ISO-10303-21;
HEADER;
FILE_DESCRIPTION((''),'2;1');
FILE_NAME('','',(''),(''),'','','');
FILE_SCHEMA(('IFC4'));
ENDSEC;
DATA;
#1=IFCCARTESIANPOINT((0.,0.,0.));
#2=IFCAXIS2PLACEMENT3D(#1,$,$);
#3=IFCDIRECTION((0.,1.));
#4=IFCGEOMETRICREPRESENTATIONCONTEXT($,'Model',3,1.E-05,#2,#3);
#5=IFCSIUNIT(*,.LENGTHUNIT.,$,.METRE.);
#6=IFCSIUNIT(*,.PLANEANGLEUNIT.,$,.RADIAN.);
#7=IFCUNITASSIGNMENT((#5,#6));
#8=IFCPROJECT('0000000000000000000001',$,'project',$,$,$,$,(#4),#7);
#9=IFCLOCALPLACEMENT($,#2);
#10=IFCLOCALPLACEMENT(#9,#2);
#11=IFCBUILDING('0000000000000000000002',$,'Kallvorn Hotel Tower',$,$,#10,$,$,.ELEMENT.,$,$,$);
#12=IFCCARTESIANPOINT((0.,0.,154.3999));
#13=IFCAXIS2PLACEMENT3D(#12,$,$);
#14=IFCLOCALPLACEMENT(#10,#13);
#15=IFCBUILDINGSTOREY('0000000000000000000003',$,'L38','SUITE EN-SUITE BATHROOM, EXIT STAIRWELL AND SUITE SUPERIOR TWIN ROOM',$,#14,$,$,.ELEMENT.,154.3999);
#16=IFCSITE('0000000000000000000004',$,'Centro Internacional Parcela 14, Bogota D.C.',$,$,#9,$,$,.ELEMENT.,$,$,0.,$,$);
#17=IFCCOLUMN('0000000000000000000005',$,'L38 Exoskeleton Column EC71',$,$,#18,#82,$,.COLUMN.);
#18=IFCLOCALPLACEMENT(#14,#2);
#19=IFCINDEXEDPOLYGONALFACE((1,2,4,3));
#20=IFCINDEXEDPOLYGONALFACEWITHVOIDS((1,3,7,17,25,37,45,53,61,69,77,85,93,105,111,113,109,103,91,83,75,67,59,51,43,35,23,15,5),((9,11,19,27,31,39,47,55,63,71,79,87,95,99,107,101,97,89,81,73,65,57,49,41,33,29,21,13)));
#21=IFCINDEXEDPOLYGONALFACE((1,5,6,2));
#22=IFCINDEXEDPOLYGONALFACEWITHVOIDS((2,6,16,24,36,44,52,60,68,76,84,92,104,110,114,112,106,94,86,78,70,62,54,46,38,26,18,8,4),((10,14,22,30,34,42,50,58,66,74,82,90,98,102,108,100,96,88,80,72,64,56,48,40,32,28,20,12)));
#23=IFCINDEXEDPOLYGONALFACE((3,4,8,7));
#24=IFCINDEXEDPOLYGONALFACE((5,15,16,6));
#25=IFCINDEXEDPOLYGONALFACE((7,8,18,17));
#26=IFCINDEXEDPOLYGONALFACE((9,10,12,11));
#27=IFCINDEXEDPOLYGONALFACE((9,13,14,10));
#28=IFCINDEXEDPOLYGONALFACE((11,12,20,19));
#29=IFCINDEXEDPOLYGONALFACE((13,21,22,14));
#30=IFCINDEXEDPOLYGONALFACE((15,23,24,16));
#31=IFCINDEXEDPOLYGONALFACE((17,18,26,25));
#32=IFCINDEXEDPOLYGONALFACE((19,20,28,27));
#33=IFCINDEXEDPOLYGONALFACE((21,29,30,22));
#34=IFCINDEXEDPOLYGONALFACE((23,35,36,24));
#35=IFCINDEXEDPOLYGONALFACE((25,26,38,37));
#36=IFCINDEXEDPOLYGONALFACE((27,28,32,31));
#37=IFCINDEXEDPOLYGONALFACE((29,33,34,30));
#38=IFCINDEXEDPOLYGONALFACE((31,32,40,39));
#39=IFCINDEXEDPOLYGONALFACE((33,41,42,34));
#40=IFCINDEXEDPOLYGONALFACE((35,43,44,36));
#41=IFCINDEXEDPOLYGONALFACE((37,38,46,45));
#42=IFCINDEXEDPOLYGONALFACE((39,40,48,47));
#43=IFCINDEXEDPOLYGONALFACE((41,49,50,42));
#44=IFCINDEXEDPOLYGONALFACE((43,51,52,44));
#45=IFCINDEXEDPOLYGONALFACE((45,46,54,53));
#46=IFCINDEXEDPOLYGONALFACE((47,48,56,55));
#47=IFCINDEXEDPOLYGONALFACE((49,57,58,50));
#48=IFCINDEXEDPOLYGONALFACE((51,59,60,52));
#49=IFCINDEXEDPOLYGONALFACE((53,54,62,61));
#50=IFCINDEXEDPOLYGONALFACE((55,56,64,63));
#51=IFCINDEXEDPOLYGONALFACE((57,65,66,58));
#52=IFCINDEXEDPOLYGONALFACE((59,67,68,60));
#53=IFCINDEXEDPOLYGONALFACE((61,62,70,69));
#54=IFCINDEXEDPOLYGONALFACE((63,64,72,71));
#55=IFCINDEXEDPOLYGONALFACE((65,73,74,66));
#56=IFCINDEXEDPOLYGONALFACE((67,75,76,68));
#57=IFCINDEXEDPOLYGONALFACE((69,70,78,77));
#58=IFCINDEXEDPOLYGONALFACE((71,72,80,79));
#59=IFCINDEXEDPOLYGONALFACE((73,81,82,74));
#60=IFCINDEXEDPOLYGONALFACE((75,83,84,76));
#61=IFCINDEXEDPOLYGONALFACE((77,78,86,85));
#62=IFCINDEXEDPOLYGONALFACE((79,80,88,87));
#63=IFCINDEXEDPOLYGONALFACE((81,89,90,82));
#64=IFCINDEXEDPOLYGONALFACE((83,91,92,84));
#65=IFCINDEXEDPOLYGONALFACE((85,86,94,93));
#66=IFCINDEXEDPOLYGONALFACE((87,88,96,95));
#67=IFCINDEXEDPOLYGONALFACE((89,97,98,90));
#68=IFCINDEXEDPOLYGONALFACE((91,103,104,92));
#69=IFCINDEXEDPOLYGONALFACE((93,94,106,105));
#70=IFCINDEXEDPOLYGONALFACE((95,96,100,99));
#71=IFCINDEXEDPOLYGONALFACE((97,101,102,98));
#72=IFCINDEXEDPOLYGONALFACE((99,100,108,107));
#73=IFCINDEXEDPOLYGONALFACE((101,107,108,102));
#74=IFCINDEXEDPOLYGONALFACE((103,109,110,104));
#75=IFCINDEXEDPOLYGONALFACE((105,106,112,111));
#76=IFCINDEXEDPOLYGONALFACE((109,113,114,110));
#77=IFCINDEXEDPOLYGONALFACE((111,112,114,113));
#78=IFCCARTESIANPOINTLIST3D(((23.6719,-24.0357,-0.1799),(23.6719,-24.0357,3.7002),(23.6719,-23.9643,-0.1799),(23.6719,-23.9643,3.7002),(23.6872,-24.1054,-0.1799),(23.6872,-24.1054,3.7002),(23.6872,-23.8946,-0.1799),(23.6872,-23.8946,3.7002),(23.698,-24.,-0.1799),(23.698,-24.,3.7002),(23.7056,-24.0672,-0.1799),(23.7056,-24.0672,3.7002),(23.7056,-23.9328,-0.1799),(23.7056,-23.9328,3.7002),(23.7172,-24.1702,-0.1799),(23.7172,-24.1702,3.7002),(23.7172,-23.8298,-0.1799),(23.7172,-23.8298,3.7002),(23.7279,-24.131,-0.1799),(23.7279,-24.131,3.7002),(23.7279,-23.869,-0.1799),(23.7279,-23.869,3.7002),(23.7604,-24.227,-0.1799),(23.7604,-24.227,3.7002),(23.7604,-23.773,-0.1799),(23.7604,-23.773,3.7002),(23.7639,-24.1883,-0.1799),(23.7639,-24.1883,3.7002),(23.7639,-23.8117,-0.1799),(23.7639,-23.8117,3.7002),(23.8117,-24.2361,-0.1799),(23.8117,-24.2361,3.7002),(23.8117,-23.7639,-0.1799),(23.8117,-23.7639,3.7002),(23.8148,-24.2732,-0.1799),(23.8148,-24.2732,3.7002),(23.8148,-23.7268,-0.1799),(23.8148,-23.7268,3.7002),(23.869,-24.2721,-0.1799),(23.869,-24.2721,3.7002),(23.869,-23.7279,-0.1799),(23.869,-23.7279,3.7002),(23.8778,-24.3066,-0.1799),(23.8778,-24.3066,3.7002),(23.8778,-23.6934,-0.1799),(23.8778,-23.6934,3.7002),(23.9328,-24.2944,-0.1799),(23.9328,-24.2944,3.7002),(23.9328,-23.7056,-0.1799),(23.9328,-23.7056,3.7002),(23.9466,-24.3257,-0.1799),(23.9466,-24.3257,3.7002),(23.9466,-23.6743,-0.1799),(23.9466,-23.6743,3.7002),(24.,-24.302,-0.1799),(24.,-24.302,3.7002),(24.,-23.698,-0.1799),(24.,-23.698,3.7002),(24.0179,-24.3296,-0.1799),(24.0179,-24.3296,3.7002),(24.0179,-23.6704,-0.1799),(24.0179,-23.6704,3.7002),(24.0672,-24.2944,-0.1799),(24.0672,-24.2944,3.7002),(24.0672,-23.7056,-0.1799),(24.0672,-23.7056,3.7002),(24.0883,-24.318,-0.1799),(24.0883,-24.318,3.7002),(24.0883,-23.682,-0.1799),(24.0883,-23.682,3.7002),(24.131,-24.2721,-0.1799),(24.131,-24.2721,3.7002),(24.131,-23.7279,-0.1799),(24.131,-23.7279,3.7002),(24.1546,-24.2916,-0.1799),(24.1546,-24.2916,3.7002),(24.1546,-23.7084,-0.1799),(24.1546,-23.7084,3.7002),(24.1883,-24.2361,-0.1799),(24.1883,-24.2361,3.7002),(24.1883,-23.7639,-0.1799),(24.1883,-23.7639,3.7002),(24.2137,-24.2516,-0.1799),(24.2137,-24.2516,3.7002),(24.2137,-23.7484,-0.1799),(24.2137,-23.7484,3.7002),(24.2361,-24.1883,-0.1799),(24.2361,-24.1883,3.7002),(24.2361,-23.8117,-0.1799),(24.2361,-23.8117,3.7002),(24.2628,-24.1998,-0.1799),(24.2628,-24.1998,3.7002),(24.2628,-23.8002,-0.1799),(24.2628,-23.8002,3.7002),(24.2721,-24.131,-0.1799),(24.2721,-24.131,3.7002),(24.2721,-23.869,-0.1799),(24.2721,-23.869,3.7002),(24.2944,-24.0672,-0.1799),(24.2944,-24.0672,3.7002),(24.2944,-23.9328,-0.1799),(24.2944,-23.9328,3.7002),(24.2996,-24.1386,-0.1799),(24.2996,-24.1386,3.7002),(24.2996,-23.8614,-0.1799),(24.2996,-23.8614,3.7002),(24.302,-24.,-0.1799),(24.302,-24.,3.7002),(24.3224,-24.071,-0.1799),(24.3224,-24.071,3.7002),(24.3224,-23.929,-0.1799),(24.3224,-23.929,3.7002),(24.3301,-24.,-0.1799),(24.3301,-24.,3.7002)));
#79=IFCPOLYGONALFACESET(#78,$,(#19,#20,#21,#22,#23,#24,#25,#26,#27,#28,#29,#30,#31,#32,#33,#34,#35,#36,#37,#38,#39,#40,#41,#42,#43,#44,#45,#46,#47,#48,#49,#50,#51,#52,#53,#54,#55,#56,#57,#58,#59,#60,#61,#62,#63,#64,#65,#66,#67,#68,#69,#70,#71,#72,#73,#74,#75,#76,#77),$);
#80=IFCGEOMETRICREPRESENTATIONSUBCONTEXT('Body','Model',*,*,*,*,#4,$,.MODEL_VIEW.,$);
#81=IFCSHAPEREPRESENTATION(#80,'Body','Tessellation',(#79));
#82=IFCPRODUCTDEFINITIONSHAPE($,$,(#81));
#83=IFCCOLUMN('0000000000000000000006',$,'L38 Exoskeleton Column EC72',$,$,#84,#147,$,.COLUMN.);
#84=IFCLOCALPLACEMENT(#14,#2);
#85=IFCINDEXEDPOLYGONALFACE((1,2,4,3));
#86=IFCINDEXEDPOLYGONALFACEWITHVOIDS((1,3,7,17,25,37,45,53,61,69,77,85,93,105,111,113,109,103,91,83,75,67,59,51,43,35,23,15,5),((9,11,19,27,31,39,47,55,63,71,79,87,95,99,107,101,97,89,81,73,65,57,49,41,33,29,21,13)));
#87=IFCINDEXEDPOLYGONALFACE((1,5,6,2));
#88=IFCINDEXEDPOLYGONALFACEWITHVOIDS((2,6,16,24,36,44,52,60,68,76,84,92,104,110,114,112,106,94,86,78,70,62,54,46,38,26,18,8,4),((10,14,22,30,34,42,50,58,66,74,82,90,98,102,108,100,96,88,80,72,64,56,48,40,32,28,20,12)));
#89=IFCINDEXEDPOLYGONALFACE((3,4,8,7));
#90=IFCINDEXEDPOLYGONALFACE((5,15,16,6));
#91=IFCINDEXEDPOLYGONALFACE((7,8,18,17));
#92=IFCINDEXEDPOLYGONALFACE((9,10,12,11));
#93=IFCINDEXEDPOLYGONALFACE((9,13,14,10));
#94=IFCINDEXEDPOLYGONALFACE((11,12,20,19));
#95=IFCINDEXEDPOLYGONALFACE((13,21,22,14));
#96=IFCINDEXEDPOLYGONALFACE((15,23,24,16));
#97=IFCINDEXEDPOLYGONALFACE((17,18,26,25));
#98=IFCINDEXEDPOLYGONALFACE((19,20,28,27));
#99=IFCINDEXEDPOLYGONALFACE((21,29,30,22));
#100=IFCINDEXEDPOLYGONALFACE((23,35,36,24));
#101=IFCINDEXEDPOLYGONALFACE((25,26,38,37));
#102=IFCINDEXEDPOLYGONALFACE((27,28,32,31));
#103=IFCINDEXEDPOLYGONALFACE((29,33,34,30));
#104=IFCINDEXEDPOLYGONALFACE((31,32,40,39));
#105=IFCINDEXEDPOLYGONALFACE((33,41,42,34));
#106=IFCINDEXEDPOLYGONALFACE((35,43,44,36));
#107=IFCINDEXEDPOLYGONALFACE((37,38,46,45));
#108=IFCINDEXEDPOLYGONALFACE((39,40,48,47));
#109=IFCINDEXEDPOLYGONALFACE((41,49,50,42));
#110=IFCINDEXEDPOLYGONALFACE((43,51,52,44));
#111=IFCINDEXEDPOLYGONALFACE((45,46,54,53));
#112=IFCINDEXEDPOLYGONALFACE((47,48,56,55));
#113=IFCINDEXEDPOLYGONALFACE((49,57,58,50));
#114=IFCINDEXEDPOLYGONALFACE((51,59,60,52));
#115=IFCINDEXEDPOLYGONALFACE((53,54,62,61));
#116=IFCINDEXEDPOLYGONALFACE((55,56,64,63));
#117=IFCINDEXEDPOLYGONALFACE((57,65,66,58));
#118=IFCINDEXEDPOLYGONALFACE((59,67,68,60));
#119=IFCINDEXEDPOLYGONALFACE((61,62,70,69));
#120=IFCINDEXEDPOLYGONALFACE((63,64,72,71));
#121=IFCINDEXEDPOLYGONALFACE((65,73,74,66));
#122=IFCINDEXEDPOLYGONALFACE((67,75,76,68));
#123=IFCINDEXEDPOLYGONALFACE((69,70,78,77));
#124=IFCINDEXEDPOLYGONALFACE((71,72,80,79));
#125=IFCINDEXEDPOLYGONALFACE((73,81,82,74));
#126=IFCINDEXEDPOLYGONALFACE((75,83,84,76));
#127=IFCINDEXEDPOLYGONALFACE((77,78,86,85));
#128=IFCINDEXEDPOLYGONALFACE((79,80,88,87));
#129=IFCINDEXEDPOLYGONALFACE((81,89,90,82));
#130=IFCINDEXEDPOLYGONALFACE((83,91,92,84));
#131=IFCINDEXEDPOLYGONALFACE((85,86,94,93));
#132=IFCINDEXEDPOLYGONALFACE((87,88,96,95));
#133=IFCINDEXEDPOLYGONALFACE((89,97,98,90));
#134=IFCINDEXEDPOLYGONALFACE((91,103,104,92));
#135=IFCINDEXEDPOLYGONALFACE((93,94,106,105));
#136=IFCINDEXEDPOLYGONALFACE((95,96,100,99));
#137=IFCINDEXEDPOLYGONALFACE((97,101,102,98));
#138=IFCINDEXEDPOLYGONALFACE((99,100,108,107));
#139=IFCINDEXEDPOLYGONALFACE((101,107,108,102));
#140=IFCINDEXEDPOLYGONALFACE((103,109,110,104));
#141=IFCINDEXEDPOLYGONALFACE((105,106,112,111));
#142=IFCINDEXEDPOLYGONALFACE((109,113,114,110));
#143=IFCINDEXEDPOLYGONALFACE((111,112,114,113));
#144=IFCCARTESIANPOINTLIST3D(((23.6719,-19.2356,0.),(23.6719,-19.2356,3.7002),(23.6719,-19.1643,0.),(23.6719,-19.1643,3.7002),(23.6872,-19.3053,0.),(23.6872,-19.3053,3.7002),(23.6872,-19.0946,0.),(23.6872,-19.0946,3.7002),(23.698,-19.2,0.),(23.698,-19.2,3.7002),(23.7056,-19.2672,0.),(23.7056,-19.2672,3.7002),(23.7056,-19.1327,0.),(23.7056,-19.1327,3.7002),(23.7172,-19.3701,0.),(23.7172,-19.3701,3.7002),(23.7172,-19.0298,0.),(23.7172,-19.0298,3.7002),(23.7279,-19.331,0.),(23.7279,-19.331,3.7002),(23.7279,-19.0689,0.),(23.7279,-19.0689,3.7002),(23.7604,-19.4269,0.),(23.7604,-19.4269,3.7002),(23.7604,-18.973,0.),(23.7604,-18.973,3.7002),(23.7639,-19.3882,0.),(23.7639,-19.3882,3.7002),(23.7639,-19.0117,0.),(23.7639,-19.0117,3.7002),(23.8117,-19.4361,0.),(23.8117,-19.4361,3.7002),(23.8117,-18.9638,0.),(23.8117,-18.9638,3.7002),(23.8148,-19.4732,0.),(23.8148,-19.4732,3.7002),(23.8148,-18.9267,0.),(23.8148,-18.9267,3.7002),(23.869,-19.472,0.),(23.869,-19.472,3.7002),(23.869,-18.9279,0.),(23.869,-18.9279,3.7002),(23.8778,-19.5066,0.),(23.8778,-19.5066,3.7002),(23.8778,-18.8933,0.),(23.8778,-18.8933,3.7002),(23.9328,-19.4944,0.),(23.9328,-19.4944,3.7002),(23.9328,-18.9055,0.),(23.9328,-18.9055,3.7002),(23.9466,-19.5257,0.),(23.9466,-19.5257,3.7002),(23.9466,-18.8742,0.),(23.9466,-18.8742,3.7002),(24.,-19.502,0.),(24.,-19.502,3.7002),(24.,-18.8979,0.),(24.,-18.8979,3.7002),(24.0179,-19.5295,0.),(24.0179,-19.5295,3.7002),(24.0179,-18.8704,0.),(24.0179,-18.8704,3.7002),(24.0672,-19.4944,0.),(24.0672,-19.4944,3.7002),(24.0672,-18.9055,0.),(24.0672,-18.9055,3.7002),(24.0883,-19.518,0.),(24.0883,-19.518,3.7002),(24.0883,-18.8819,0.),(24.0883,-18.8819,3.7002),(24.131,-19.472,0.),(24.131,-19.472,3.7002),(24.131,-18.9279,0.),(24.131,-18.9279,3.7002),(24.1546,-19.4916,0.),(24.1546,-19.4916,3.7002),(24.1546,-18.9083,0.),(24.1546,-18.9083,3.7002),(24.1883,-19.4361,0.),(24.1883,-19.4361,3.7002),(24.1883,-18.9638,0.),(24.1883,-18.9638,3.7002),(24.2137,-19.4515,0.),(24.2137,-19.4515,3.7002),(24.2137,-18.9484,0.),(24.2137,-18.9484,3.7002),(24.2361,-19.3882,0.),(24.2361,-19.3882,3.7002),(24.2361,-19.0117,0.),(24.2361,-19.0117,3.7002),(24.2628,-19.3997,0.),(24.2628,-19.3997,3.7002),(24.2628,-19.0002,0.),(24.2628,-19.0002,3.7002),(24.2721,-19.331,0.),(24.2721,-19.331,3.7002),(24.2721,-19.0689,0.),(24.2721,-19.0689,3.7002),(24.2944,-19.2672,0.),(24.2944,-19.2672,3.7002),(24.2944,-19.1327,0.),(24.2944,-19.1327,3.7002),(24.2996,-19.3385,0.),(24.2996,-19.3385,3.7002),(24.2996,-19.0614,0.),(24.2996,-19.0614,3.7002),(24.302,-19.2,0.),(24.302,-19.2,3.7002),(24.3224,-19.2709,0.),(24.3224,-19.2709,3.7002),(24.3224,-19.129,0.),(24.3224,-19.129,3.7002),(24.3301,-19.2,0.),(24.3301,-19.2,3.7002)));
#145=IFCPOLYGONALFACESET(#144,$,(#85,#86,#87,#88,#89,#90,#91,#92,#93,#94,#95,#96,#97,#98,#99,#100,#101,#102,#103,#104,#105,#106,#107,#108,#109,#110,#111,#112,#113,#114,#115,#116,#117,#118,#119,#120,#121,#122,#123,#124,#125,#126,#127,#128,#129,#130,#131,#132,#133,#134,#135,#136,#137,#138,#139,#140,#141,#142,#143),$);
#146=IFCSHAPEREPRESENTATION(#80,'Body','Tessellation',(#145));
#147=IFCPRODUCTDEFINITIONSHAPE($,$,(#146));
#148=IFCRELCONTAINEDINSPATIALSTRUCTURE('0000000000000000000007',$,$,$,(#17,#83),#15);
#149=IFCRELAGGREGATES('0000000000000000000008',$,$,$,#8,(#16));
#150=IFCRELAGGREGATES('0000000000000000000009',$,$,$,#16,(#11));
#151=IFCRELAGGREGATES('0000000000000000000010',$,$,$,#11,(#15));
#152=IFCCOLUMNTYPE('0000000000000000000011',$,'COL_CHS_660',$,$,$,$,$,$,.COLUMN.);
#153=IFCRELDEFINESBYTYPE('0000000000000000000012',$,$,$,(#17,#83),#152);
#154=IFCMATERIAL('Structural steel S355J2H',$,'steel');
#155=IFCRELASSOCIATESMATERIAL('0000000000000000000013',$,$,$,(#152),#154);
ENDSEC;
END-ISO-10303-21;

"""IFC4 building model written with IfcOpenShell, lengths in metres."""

from ifc_helpers import new_model, si_unit, direction, frame, origin, origin_2d, place, context, subcontext, project, spatial, hollow_circle, extrude, material, material_profile, profile_set, type_object, element, save


model = new_model("IFC4")

# Units and contexts
model_context = context("Model", 3, precision=1e-05, world=origin(), true_north=direction((0.0, 1.0)))
body_context = subcontext(model_context, "Body", "Model", "MODEL_VIEW")
ifc_project = project(units=[si_unit("LENGTHUNIT", "METRE"), si_unit("PLANEANGLEUNIT", "RADIAN")], contexts=[model_context])

# Site, building, storey
site_placement = place(None, origin())
site = spatial("IfcSite", under=ifc_project, at=site_placement, Name="Centro Internacional Parcela 14, Bogota D.C.", CompositionType="ELEMENT", RefElevation=0.0)
building_placement = place(site_placement, origin())
building = spatial("IfcBuilding", under=site, at=building_placement, Name="Kallvorn Hotel Tower", CompositionType="ELEMENT")
storey_placement = place(building_placement, frame((0.0, 0.0, 154.3999)))
storey = spatial("IfcBuildingStorey", under=building, at=storey_placement, Name="L38", Description="SUITE EN-SUITE BATHROOM, EXIT STAIRWELL AND SUITE SUPERIOR TWIN ROOM", CompositionType="ELEMENT", Elevation=154.3999)

# Columns
ifc_material_1 = material(Name="Structural steel S355J2H", Category="steel")
ifc_material_profile_1 = material_profile(ifc_material_1, hollow_circle(Radius=0.3301, WallThickness=0.0281, at=origin_2d()), Name="CHS 660x28")
ifc_profile_set_1 = profile_set([ifc_material_profile_1], Name="Structural steel S355J2H")
column_type = type_object("IfcColumnType", Name="COL_CHS_660", PredefinedType="COLUMN", material=ifc_profile_set_1)
column_1_placement = place(storey_placement, frame((24.0, -24.0, -0.1799), z_axis=(0.0, 0.0, 1.0), x_axis=(1.0, 0.0, 0.0)))
element("IfcColumn", 1, at=column_1_placement, inside=storey, type_object=column_type, Name="L38 Exoskeleton Column EC71", PredefinedType="COLUMN", context=body_context, shape_type="SweptSolid", body=[
    extrude(hollow_circle(Radius=0.3301, WallThickness=0.0281, at=origin_2d()), origin(), (0.0, 0.0, 1.0), 3.8801),
])
for number, where, z_axis, x_axis, name in (
    (2, (24.0, -19.2, 0.0), (0.0, 0.0, 1.0), (1.0, 0.0, 0.0), "L38 Exoskeleton Column EC72"),
):
    element("IfcColumn", number, at=place(storey_placement, frame(where, z_axis=z_axis, x_axis=x_axis)), inside=storey, type_object=column_type, Name=name, PredefinedType="COLUMN", context=body_context, shape_type="SweptSolid", body=[
        extrude(hollow_circle(Radius=0.3301, WallThickness=0.0281, at=origin_2d()), origin(), (0.0, 0.0, 1.0), 3.7002),
    ])

save(model, "model.ifc")
